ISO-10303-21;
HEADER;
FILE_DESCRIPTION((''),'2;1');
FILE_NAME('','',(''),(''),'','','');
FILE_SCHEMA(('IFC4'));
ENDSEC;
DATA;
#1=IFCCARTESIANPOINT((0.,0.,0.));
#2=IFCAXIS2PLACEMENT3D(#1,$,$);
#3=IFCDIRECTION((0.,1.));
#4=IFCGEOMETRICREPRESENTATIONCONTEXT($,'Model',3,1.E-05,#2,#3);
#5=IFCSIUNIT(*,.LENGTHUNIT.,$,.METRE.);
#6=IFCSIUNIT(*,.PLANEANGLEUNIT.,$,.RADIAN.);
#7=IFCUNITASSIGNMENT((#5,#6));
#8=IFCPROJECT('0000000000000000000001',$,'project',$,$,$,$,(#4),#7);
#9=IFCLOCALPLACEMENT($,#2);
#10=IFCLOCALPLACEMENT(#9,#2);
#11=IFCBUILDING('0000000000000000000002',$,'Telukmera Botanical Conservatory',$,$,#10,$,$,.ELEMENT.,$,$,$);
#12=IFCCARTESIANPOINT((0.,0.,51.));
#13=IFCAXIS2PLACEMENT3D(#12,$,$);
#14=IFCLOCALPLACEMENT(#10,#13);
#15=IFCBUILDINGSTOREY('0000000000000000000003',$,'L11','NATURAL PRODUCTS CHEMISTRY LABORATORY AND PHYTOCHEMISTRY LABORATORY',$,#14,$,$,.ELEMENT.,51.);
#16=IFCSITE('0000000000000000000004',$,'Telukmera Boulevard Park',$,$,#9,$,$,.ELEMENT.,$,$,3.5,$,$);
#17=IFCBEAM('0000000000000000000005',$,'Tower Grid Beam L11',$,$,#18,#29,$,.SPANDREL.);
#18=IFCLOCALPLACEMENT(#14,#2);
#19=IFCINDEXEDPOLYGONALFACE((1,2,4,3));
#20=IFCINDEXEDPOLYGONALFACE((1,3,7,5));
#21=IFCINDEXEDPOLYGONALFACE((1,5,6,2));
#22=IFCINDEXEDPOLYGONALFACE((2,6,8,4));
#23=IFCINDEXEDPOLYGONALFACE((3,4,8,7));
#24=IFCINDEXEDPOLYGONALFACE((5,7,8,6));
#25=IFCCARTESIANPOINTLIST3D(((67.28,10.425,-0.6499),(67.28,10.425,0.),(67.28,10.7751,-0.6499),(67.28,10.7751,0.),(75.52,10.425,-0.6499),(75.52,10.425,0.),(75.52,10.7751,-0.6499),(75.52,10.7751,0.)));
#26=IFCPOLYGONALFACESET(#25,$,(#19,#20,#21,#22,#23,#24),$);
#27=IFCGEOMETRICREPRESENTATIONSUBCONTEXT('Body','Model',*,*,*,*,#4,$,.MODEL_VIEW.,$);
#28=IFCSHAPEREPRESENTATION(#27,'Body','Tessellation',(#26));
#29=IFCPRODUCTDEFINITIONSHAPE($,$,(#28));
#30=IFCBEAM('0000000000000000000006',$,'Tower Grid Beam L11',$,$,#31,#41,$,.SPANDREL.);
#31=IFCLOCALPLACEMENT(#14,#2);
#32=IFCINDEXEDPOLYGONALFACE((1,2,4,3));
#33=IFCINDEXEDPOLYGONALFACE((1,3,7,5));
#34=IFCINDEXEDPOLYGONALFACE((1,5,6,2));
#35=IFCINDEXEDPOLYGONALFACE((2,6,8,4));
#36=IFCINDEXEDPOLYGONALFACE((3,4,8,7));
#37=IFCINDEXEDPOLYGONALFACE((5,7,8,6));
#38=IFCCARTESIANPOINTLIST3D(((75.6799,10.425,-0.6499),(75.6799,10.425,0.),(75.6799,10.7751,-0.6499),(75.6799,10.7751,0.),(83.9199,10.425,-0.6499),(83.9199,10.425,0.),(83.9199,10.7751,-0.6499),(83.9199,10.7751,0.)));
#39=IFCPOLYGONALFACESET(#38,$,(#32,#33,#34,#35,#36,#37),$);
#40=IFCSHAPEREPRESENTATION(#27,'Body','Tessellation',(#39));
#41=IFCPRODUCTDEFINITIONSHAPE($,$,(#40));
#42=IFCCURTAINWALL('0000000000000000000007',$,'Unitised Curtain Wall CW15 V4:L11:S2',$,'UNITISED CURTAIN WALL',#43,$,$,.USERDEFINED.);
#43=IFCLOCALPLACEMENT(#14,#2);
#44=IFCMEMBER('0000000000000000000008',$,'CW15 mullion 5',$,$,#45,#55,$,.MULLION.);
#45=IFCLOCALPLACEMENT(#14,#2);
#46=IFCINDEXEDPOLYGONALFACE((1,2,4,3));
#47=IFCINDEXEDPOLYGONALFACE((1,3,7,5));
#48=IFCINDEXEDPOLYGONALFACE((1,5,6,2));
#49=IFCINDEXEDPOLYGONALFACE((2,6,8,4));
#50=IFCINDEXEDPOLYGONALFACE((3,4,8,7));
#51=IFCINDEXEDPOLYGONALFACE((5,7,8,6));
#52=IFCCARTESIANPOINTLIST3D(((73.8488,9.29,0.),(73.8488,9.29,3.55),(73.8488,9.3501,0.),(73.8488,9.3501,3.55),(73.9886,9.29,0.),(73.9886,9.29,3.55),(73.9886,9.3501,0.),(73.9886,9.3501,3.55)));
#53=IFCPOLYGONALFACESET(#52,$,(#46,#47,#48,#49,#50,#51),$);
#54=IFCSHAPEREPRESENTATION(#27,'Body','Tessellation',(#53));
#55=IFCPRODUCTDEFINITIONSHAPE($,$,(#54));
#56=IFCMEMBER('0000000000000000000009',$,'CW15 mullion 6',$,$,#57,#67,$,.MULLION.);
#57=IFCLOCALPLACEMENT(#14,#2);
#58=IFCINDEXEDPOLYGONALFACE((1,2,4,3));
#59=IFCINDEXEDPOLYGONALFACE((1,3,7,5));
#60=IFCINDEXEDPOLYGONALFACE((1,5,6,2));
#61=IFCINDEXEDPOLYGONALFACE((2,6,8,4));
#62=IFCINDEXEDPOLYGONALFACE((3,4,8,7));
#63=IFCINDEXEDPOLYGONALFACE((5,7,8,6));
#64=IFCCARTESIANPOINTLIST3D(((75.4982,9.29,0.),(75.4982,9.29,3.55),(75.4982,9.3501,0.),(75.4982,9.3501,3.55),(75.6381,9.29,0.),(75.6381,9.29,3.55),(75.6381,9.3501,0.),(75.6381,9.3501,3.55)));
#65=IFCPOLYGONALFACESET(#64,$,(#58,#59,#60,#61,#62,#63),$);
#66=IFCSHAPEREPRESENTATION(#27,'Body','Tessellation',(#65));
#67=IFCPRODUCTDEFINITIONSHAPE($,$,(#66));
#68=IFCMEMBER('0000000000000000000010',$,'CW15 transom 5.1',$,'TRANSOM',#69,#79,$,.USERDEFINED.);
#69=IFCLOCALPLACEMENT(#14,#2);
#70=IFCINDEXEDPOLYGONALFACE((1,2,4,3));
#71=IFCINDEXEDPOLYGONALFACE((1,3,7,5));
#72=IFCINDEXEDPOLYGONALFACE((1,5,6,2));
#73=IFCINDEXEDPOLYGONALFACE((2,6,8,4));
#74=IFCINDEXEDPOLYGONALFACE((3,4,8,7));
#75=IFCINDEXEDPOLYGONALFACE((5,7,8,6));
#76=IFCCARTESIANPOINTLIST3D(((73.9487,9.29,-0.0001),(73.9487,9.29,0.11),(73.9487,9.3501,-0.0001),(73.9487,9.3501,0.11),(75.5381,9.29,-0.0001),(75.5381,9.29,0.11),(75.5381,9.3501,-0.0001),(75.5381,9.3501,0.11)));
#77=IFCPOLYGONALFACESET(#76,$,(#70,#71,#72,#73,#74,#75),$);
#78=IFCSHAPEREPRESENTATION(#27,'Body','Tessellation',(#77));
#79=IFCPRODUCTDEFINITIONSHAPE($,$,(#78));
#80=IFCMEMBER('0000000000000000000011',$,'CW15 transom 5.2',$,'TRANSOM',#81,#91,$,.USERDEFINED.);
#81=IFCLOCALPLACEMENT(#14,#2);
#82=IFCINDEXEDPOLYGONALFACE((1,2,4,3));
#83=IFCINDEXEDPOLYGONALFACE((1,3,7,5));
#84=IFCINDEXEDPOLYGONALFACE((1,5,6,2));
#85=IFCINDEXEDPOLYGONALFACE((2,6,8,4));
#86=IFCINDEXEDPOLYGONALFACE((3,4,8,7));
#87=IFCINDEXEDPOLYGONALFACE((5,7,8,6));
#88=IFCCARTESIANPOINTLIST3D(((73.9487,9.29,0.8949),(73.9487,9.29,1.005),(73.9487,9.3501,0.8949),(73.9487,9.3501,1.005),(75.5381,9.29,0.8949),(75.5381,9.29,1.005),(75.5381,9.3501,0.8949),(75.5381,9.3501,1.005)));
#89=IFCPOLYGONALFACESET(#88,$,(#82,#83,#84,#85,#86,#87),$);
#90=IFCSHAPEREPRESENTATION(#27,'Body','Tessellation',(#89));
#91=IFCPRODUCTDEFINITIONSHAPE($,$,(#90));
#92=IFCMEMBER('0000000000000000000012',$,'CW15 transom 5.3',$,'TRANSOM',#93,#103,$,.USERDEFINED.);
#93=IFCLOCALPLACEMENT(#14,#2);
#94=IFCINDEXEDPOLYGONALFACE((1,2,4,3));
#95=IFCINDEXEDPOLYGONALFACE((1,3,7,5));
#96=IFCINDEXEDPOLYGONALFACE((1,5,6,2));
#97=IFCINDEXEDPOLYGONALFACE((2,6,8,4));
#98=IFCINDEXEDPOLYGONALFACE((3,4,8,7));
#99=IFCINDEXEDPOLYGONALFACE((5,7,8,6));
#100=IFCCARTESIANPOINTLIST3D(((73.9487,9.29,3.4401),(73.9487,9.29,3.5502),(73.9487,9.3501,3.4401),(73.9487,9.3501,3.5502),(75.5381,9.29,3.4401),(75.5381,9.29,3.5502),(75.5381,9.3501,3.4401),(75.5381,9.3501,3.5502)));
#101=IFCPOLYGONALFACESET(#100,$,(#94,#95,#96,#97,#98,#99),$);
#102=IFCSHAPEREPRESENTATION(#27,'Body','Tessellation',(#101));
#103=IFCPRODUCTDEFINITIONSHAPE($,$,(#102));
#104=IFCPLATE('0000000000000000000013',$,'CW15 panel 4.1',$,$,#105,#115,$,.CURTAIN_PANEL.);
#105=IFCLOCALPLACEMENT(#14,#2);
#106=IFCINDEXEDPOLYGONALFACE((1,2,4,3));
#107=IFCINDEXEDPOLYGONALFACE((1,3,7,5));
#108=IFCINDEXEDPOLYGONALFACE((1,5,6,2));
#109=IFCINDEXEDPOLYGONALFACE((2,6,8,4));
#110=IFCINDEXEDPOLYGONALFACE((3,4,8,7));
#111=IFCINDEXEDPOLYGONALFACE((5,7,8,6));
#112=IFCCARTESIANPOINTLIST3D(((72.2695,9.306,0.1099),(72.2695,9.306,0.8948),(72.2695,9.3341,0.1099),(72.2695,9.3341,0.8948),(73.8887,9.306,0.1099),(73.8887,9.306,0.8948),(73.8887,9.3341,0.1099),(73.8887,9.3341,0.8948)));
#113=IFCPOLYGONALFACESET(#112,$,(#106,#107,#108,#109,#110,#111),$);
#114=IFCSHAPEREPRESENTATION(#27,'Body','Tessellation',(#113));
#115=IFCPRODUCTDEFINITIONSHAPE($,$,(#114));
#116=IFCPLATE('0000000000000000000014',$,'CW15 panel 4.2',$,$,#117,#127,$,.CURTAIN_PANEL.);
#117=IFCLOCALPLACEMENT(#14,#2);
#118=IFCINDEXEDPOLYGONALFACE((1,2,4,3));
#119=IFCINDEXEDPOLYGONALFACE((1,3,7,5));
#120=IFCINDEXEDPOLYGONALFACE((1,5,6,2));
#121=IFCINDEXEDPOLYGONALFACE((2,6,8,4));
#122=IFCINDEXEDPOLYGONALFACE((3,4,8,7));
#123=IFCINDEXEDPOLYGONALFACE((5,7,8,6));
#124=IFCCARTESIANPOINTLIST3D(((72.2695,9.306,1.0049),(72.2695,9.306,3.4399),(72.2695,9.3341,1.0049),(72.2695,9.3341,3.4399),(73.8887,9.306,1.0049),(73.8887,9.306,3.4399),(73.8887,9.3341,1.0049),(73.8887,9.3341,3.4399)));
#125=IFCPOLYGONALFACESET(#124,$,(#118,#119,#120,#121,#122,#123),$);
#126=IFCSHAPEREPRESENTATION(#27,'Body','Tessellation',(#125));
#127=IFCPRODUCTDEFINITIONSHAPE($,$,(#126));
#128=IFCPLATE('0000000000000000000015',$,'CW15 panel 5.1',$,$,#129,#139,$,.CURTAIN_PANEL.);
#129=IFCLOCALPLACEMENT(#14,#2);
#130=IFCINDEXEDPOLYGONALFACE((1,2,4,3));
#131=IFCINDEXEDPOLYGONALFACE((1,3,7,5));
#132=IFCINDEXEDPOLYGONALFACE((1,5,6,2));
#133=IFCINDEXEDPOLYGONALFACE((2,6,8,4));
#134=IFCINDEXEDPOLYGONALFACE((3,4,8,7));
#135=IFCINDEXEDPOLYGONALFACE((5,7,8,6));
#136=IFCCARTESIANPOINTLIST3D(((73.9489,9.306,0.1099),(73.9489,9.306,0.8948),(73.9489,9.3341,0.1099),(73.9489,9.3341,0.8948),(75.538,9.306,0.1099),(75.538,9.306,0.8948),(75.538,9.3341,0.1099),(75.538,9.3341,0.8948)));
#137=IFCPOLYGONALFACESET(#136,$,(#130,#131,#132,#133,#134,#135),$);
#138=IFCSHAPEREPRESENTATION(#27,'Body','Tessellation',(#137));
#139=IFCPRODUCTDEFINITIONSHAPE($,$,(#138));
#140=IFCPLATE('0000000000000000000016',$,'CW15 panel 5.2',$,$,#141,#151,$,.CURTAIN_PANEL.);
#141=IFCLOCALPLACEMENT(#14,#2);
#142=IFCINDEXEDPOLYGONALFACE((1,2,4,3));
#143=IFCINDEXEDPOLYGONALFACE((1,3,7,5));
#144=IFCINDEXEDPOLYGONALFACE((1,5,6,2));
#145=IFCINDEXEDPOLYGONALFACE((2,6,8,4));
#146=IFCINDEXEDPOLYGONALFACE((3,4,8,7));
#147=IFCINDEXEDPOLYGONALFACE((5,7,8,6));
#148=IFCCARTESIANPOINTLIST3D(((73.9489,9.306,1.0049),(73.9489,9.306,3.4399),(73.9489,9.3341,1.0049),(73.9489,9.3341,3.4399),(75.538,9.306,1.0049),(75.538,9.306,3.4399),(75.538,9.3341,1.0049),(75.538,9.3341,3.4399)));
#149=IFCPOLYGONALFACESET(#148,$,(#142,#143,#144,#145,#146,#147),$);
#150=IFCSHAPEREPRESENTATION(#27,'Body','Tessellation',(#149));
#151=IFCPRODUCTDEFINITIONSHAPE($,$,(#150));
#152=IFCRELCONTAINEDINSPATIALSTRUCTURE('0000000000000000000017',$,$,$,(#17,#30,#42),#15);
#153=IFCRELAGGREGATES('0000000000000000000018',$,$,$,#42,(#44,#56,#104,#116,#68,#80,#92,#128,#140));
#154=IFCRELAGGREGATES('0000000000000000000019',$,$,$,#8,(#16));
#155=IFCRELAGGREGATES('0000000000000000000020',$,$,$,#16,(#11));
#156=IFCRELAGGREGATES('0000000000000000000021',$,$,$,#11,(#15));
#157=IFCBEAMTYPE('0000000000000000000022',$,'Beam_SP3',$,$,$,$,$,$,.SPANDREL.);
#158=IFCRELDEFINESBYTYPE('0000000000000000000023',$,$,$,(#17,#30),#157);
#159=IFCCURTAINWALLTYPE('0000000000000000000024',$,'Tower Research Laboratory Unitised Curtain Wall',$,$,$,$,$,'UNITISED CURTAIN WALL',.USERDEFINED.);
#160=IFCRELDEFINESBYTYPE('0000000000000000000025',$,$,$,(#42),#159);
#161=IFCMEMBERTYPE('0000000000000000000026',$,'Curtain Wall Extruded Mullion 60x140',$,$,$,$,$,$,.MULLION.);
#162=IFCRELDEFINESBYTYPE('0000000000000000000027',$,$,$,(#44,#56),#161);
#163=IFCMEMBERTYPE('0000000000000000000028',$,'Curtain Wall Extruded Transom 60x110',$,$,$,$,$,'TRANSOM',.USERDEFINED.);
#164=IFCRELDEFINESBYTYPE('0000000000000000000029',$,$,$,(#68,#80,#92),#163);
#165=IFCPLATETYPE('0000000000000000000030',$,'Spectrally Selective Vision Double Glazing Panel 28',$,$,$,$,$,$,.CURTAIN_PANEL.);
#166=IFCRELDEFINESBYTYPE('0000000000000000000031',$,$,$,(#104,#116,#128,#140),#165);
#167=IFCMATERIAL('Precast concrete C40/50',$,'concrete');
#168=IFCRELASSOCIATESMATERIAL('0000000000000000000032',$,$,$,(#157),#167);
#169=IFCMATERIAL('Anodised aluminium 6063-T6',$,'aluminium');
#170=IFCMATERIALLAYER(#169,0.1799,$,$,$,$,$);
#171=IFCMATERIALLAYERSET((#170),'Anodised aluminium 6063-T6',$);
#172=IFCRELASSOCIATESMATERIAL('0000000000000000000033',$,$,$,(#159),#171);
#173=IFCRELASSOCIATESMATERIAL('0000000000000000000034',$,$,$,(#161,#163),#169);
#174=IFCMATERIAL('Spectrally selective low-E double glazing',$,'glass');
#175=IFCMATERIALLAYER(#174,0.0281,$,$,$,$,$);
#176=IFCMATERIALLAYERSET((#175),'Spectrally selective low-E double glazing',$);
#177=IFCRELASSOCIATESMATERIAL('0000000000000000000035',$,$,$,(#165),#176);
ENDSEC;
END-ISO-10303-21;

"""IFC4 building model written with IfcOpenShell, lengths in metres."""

from ifc_helpers import new_model, si_unit, direction, frame, origin, origin_2d, place, context, subcontext, project, spatial, rectangle, extrude, material, layer, layer_set, material_profile, profile_set, type_object, element, aggregate, save


model = new_model("IFC4")

# Units and contexts
model_context = context("Model", 3, precision=1e-05, world=origin(), true_north=direction((0.0, 1.0)))
body_context = subcontext(model_context, "Body", "Model", "MODEL_VIEW")
ifc_project = project(units=[si_unit("LENGTHUNIT", "METRE"), si_unit("PLANEANGLEUNIT", "RADIAN")], contexts=[model_context])

# Site, building, storey
site_placement = place(None, origin())
site = spatial("IfcSite", under=ifc_project, at=site_placement, Name="Telukmera Boulevard Park", CompositionType="ELEMENT", RefElevation=3.5)
building_placement = place(site_placement, origin())
building = spatial("IfcBuilding", under=site, at=building_placement, Name="Telukmera Botanical Conservatory", CompositionType="ELEMENT")
storey_placement = place(building_placement, frame((0.0, 0.0, 51.0)))
storey = spatial("IfcBuildingStorey", under=building, at=storey_placement, Name="L11", Description="NATURAL PRODUCTS CHEMISTRY LABORATORY AND PHYTOCHEMISTRY LABORATORY", CompositionType="ELEMENT", Elevation=51.0)

# Beams
ifc_material_1 = material(Name="Precast concrete C40/50", Category="concrete")
ifc_material_profile_1 = material_profile(ifc_material_1, rectangle(XDim=0.3501, YDim=0.6499, at=origin_2d()), Name="PC 350x650")
ifc_profile_set_1 = profile_set([ifc_material_profile_1], Name="Precast concrete C40/50")
beam_type_1 = type_object("IfcBeamType", Name="Beam_SP3", PredefinedType="SPANDREL", material=ifc_profile_set_1)
for number, where, z_axis, x_axis, name in (
    (1, (67.28, 10.6001, -0.325), (1.0, 0.0, 0.0), (0.0, 1.0, 0.0), "Tower Grid Beam L11"),
    (2, (75.6799, 10.6001, -0.325), (1.0, 0.0, 0.0), (0.0, 1.0, 0.0), "Tower Grid Beam L11"),
):
    element("IfcBeam", number, at=place(storey_placement, frame(where, z_axis=z_axis, x_axis=x_axis)), inside=storey, type_object=beam_type_1, Name=name, PredefinedType="SPANDREL", context=body_context, shape_type="SweptSolid", body=[
        extrude(rectangle(XDim=0.3501, YDim=0.6499, at=origin_2d()), origin(), (0.0, 0.0, 1.0), 8.24),
    ])

# Curtain wall, members, plates
ifc_material_2 = material(Name="Anodised aluminium 6063-T6", Category="aluminium")
ifc_layer_1 = layer(ifc_material_2, 0.1799)
ifc_layer_set_1 = layer_set([ifc_layer_1], Name="Anodised aluminium 6063-T6")
curtain_wall_type = type_object("IfcCurtainWallType", Name="Tower Research Laboratory Unitised Curtain Wall", ElementType="UNITISED CURTAIN WALL", PredefinedType="USERDEFINED", material=ifc_layer_set_1)
curtain_wall_placement = place(storey_placement, origin())
curtain_wall = element("IfcCurtainWall", 3, at=curtain_wall_placement, inside=storey, type_object=curtain_wall_type, Name="Unitised Curtain Wall CW15 V4:L11:S2", ObjectType="UNITISED CURTAIN WALL", PredefinedType="USERDEFINED")
ifc_material_profile_2 = material_profile(ifc_material_2, rectangle(XDim=0.0601, YDim=0.1399, at=origin_2d()), Name="ALU MULL 60x140")
ifc_profile_set_2 = profile_set([ifc_material_profile_2], Name="Anodised aluminium 6063-T6")
member_type_1 = type_object("IfcMemberType", Name="Curtain Wall Extruded Mullion 60x140", PredefinedType="MULLION", material=ifc_profile_set_2)
member_1_placement = place(storey_placement, frame((73.9187, 9.3201, 0.0), z_axis=(0.0, 0.0, 1.0), x_axis=(0.0, 1.0, 0.0)))
member_1 = element("IfcMember", 4, at=member_1_placement, type_object=member_type_1, Name="CW15 mullion 5", PredefinedType="MULLION", context=body_context, shape_type="SweptSolid", body=[
    extrude(rectangle(XDim=0.0601, YDim=0.1399, at=origin_2d()), origin(), (0.0, 0.0, 1.0), 3.55),
])
member_2_placement = place(storey_placement, frame((75.5681, 9.3201, 0.0), z_axis=(0.0, 0.0, 1.0), x_axis=(0.0, 1.0, 0.0)))
member_2 = element("IfcMember", 5, at=member_2_placement, type_object=member_type_1, Name="CW15 mullion 6", PredefinedType="MULLION", context=body_context, shape_type="SweptSolid", body=[
    extrude(rectangle(XDim=0.0601, YDim=0.1399, at=origin_2d()), origin(), (0.0, 0.0, 1.0), 3.55),
])
ifc_material_profile_3 = material_profile(ifc_material_2, rectangle(XDim=0.0601, YDim=0.1101, at=origin_2d()), Name="ALU TRAN 60x110")
ifc_profile_set_3 = profile_set([ifc_material_profile_3], Name="Anodised aluminium 6063-T6")
member_type_2 = type_object("IfcMemberType", Name="Curtain Wall Extruded Transom 60x110", ElementType="TRANSOM", PredefinedType="USERDEFINED", material=ifc_profile_set_3)
member_3_placement = place(storey_placement, frame((73.9487, 9.3201, 0.0549), z_axis=(1.0, 0.0, 0.0), x_axis=(0.0, 1.0, 0.0)))
member_3 = element("IfcMember", 6, at=member_3_placement, type_object=member_type_2, Name="CW15 transom 5.1", ObjectType="TRANSOM", PredefinedType="USERDEFINED", context=body_context, shape_type="SweptSolid", body=[
    extrude(rectangle(XDim=0.0601, YDim=0.1101, at=origin_2d()), origin(), (0.0, 0.0, 1.0), 1.5894),
])
member_4_placement = place(storey_placement, frame((73.9487, 9.3201, 0.95), z_axis=(1.0, 0.0, 0.0), x_axis=(0.0, 1.0, 0.0)))
member_4 = element("IfcMember", 7, at=member_4_placement, type_object=member_type_2, Name="CW15 transom 5.2", ObjectType="TRANSOM", PredefinedType="USERDEFINED", context=body_context, shape_type="SweptSolid", body=[
    extrude(rectangle(XDim=0.0601, YDim=0.1101, at=origin_2d()), origin(), (0.0, 0.0, 1.0), 1.5894),
])
member_5_placement = place(storey_placement, frame((73.9487, 9.3201, 3.4951), z_axis=(1.0, 0.0, 0.0), x_axis=(0.0, 1.0, 0.0)))
member_5 = element("IfcMember", 8, at=member_5_placement, type_object=member_type_2, Name="CW15 transom 5.3", ObjectType="TRANSOM", PredefinedType="USERDEFINED", context=body_context, shape_type="SweptSolid", body=[
    extrude(rectangle(XDim=0.0601, YDim=0.1101, at=origin_2d()), origin(), (0.0, 0.0, 1.0), 1.5894),
])
ifc_material_3 = material(Name="Spectrally selective low-E double glazing", Category="glass")
ifc_layer_2 = layer(ifc_material_3, 0.0281)
ifc_layer_set_2 = layer_set([ifc_layer_2], Name="Spectrally selective low-E double glazing")
plate_type = type_object("IfcPlateType", Name="Spectrally Selective Vision Double Glazing Panel 28", PredefinedType="CURTAIN_PANEL", material=ifc_layer_set_2)
plate_1_placement = place(storey_placement, frame((73.0791, 9.3201, 0.1099), z_axis=(0.0, 0.0, 1.0), x_axis=(1.0, 0.0, 0.0)))
plate_1 = element("IfcPlate", 9, at=plate_1_placement, type_object=plate_type, Name="CW15 panel 4.1", PredefinedType="CURTAIN_PANEL", context=body_context, shape_type="SweptSolid", body=[
    extrude(rectangle(XDim=1.6191, YDim=0.0281, at=origin_2d()), origin(), (0.0, 0.0, 1.0), 0.7849),
])
plate_2_placement = place(storey_placement, frame((73.0791, 9.3201, 1.0049), z_axis=(0.0, 0.0, 1.0), x_axis=(1.0, 0.0, 0.0)))
plate_2 = element("IfcPlate", 10, at=plate_2_placement, type_object=plate_type, Name="CW15 panel 4.2", PredefinedType="CURTAIN_PANEL", context=body_context, shape_type="SweptSolid", body=[
    extrude(rectangle(XDim=1.6191, YDim=0.0281, at=origin_2d()), origin(), (0.0, 0.0, 1.0), 2.4351),
])
plate_3_placement = place(storey_placement, frame((74.7434, 9.3201, 0.1099), z_axis=(0.0, 0.0, 1.0), x_axis=(1.0, 0.0, 0.0)))
plate_3 = element("IfcPlate", 11, at=plate_3_placement, type_object=plate_type, Name="CW15 panel 5.1", PredefinedType="CURTAIN_PANEL", context=body_context, shape_type="SweptSolid", body=[
    extrude(rectangle(XDim=1.5891, YDim=0.0281, at=origin_2d()), origin(), (0.0, 0.0, 1.0), 0.7849),
])
plate_4_placement = place(storey_placement, frame((74.7434, 9.3201, 1.0049), z_axis=(0.0, 0.0, 1.0), x_axis=(1.0, 0.0, 0.0)))
plate_4 = element("IfcPlate", 12, at=plate_4_placement, type_object=plate_type, Name="CW15 panel 5.2", PredefinedType="CURTAIN_PANEL", context=body_context, shape_type="SweptSolid", body=[
    extrude(rectangle(XDim=1.5891, YDim=0.0281, at=origin_2d()), origin(), (0.0, 0.0, 1.0), 2.4351),
])
aggregate(curtain_wall, [member_1, member_2, plate_1, plate_2, member_3, member_4, member_5, plate_3, plate_4])

save(model, "model.ifc")
